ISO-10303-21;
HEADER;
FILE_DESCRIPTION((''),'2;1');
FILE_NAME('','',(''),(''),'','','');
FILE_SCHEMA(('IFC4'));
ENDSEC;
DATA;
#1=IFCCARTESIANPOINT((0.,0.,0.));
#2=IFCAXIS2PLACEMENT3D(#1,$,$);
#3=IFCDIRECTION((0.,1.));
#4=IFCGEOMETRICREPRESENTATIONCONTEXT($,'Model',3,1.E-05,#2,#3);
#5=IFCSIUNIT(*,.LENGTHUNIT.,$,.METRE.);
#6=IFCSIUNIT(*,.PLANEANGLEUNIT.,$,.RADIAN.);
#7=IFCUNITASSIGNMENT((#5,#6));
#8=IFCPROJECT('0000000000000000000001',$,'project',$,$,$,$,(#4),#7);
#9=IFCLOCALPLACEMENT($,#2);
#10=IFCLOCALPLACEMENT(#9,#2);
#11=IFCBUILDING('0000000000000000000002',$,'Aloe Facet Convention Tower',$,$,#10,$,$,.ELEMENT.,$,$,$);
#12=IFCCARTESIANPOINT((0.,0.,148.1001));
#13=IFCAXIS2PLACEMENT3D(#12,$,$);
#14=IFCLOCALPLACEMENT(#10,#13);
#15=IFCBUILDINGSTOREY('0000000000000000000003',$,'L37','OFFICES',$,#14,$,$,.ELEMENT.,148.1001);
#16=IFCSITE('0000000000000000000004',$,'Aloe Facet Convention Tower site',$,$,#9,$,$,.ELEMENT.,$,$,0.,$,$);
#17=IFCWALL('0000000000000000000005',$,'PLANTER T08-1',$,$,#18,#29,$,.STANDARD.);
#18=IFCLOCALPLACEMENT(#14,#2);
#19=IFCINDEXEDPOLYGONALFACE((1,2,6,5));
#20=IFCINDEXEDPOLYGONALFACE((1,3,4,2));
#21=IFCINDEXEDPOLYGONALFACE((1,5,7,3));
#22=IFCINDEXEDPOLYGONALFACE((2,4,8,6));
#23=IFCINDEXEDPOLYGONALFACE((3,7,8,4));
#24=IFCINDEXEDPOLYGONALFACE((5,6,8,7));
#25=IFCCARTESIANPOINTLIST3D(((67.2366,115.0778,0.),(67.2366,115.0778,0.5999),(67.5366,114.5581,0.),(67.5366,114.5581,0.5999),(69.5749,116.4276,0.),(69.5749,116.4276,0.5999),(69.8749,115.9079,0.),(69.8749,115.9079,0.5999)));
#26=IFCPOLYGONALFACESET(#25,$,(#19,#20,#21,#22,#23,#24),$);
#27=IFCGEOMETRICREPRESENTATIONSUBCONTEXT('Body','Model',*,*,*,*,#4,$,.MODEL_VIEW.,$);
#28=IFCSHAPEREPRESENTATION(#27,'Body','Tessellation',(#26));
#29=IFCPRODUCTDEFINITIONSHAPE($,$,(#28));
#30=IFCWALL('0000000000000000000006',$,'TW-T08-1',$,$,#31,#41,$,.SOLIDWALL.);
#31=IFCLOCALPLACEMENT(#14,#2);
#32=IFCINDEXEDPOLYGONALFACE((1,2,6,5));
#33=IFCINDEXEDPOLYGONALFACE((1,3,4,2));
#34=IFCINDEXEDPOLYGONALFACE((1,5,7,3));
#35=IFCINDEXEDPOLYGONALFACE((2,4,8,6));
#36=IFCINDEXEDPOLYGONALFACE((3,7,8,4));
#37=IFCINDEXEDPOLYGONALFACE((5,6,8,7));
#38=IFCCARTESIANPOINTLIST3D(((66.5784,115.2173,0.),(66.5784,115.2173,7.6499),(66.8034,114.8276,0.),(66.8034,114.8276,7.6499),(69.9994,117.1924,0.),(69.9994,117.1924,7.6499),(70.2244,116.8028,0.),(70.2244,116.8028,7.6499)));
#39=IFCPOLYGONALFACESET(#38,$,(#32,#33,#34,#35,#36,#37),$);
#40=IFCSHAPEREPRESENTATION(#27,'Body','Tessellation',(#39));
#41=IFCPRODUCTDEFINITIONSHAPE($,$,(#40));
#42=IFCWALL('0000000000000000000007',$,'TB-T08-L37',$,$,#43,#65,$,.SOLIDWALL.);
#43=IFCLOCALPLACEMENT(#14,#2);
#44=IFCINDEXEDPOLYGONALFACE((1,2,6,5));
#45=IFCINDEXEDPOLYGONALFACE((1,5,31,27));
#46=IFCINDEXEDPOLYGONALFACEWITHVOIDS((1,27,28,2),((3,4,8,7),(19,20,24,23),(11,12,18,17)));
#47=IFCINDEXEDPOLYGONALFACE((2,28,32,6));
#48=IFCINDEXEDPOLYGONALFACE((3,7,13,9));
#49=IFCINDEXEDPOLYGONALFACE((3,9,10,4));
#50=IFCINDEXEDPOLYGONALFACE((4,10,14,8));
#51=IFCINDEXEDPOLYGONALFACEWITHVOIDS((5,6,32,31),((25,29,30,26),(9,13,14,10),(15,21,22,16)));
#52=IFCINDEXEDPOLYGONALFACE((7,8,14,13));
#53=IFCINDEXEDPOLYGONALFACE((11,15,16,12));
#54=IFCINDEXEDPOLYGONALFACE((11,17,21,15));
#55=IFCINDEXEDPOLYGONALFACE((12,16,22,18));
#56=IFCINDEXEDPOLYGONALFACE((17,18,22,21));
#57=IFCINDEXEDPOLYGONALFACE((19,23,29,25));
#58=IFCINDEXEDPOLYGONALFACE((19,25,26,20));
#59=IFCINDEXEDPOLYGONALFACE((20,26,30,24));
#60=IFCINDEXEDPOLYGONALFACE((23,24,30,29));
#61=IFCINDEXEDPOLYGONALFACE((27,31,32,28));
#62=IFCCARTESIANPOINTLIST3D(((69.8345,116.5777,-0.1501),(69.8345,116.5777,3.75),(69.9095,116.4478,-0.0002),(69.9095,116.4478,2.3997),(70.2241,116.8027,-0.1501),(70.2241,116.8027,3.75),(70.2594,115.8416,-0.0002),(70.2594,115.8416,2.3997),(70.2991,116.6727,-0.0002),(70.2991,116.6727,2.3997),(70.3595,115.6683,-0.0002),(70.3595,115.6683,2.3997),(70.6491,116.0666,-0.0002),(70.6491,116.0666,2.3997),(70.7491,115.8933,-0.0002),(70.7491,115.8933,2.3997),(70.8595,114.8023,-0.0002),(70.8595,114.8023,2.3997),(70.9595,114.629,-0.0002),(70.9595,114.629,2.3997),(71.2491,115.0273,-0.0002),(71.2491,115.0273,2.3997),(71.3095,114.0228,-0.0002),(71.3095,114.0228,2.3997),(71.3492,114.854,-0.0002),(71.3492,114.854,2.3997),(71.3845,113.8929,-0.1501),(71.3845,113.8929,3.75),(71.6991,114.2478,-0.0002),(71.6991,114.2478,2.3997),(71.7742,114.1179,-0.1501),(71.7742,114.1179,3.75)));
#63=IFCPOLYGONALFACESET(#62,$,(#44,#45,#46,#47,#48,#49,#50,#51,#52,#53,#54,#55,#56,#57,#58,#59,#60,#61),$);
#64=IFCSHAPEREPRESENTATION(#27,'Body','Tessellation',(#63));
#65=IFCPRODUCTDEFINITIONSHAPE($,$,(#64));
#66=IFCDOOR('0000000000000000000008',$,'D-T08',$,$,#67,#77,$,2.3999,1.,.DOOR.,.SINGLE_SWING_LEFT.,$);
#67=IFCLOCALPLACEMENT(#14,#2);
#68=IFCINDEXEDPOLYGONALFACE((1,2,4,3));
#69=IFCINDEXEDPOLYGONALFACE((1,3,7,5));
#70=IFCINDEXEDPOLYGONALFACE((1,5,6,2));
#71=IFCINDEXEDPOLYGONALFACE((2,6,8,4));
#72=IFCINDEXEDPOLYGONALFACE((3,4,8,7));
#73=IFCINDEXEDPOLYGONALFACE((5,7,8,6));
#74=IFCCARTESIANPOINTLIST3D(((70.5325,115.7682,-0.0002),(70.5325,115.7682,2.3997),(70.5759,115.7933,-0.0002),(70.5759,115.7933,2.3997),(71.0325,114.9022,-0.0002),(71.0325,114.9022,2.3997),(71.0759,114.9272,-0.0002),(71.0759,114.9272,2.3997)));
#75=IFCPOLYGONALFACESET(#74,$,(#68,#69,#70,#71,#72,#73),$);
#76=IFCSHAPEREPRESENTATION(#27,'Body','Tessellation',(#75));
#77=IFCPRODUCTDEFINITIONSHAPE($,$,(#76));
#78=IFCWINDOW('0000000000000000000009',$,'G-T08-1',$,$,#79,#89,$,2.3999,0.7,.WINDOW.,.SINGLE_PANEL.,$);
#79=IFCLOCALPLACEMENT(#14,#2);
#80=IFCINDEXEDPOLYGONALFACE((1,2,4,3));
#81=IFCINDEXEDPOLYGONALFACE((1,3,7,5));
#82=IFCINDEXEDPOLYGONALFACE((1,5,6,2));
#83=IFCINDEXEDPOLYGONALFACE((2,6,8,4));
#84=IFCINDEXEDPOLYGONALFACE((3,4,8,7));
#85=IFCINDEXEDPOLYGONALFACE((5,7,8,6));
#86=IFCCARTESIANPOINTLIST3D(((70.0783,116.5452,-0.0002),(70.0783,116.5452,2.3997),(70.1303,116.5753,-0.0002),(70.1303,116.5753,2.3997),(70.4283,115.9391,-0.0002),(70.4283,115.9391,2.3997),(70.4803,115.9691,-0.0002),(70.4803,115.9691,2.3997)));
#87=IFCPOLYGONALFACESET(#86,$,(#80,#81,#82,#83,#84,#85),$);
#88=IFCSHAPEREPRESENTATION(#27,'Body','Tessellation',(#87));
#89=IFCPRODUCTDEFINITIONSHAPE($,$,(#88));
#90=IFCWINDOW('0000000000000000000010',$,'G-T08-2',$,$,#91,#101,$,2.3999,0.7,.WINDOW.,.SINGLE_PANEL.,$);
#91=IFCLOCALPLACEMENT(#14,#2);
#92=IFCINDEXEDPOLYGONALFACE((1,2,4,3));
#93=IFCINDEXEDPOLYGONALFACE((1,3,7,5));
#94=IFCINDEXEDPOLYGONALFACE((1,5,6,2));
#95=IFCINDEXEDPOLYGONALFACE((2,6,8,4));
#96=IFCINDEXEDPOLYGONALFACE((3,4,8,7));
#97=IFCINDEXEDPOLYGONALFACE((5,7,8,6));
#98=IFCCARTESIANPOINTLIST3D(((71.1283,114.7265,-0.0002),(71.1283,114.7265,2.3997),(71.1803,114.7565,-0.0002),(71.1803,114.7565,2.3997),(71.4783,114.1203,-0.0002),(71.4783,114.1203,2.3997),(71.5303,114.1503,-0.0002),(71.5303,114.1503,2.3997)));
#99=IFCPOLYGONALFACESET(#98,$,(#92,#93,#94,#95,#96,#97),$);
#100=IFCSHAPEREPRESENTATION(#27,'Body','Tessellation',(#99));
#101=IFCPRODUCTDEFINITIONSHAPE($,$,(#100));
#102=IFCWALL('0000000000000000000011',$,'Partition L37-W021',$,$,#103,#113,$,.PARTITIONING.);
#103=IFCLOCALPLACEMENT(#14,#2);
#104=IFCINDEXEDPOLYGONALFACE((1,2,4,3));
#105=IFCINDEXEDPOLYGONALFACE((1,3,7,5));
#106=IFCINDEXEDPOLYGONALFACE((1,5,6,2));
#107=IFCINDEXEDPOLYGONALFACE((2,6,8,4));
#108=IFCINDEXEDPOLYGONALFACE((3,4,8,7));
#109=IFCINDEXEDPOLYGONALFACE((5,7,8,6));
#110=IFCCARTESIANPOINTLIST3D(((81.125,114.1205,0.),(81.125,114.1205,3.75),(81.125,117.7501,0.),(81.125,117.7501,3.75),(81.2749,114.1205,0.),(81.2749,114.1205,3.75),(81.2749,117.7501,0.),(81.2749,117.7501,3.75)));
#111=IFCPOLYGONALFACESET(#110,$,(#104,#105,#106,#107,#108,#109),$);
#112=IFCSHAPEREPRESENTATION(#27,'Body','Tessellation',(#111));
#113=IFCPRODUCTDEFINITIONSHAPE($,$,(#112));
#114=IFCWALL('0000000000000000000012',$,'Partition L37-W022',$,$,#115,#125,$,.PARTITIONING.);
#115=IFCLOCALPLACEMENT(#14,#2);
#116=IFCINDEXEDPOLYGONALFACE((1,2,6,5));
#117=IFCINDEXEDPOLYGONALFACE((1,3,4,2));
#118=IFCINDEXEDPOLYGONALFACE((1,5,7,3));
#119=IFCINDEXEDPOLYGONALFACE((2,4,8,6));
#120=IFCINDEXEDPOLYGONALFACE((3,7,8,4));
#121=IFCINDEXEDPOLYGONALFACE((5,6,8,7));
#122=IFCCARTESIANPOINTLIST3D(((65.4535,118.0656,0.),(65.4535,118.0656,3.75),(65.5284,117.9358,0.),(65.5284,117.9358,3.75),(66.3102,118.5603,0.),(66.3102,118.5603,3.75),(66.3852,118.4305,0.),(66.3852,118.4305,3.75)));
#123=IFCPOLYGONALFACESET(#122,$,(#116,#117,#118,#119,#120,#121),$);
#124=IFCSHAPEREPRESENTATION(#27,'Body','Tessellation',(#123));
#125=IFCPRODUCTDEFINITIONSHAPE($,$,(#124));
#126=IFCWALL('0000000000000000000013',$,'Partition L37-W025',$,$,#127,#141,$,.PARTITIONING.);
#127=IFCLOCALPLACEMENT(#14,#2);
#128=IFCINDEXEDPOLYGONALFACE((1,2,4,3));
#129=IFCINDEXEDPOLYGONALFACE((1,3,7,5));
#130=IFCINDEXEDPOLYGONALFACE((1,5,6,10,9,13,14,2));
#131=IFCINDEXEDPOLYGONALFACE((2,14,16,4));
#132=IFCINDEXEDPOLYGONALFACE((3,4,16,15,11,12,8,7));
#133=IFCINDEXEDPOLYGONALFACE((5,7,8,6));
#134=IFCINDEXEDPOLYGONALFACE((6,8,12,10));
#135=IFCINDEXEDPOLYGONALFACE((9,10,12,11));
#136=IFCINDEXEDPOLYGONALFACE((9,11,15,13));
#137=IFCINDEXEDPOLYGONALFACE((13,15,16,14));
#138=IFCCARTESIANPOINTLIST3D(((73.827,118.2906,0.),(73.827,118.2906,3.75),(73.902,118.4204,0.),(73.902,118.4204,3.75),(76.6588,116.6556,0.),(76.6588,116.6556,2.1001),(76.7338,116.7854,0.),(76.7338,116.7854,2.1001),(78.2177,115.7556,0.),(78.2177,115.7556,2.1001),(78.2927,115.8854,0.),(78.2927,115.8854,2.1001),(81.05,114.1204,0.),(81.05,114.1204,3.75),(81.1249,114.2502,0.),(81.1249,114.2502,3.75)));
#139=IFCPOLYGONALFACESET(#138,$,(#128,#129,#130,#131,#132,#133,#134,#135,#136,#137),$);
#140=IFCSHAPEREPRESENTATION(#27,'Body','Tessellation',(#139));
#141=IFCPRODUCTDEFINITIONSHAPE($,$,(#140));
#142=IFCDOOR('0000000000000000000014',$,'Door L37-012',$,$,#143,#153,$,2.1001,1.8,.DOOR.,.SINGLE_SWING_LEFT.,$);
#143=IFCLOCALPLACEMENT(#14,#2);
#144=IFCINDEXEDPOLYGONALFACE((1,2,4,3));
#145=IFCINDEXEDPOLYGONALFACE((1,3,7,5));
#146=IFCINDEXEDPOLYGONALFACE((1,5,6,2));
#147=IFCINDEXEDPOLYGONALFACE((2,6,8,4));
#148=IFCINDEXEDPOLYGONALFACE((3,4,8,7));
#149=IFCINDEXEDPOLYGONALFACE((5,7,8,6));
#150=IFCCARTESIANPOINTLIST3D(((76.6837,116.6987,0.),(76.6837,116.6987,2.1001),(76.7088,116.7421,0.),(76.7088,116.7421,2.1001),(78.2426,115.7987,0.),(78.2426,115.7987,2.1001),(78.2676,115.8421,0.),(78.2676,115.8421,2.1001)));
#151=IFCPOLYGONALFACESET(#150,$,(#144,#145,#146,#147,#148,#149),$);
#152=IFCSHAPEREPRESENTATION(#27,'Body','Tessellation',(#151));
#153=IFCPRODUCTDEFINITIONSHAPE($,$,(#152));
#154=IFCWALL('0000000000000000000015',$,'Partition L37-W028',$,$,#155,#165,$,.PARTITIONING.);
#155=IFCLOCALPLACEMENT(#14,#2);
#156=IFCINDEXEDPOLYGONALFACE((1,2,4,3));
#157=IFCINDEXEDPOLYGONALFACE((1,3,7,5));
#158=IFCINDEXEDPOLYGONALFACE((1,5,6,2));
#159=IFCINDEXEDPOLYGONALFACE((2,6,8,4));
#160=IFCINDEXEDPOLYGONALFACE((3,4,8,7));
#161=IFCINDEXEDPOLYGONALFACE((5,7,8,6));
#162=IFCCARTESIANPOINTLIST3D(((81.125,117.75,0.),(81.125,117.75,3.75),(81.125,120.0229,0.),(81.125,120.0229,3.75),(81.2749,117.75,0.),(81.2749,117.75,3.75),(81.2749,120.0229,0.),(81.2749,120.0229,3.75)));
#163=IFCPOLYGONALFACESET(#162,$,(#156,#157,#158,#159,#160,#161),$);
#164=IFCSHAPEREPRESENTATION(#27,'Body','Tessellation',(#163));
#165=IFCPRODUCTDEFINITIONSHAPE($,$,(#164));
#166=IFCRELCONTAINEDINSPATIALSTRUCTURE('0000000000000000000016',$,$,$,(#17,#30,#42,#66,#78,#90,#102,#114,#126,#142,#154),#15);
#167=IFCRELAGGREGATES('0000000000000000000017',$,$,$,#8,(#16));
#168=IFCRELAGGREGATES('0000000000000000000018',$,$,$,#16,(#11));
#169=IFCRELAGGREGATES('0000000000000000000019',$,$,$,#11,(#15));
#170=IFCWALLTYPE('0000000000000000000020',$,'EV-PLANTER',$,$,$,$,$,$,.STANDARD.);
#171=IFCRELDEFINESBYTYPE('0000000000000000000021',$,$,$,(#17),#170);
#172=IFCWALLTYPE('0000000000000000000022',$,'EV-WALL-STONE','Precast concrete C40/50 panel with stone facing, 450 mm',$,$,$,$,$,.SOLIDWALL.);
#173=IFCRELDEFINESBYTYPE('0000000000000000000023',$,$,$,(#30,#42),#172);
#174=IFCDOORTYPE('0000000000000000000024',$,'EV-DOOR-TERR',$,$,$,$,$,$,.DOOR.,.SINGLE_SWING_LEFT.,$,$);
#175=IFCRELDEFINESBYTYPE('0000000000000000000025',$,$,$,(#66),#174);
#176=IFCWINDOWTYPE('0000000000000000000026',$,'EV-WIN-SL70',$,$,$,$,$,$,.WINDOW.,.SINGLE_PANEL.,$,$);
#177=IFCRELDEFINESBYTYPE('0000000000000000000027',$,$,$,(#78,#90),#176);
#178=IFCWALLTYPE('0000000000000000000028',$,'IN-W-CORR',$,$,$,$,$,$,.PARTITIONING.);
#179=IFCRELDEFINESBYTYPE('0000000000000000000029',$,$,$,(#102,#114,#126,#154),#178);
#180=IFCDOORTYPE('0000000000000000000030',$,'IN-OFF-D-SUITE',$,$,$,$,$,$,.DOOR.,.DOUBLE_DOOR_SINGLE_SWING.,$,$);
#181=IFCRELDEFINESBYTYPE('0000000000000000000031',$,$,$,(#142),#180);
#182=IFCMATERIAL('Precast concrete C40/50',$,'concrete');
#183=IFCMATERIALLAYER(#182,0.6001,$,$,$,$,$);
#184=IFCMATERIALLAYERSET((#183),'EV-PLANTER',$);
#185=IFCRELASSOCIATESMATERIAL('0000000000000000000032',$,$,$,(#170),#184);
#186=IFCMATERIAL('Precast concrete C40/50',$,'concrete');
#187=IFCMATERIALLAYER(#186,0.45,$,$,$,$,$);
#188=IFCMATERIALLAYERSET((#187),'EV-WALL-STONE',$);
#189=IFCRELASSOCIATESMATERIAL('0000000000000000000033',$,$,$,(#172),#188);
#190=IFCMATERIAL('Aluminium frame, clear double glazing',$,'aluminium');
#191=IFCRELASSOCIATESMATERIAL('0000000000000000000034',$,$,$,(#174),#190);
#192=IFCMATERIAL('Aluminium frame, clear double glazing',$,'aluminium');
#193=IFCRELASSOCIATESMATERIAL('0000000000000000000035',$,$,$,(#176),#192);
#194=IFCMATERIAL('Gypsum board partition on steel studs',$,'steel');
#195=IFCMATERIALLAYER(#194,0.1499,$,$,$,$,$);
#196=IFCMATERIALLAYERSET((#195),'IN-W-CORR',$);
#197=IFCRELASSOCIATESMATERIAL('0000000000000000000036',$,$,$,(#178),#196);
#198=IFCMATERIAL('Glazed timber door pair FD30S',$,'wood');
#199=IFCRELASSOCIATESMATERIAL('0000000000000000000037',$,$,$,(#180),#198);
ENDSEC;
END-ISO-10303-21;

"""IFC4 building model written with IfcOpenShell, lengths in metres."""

from ifc_helpers import new_model, si_unit, direction, frame, frame_2d, origin, place, context, subcontext, project, spatial, rectangle, extrude, material, layer, layer_set, type_object, element, fill, save


model = new_model("IFC4")

# Units and contexts
model_context = context("Model", 3, precision=1e-05, world=origin(), true_north=direction((0.0, 1.0)))
body_context = subcontext(model_context, "Body", "Model", "MODEL_VIEW")
ifc_project = project(units=[si_unit("LENGTHUNIT", "METRE"), si_unit("PLANEANGLEUNIT", "RADIAN")], contexts=[model_context])

# Site, building, storey
site_placement = place(None, origin())
site = spatial("IfcSite", under=ifc_project, at=site_placement, Name="Aloe Facet Convention Tower site", CompositionType="ELEMENT", RefElevation=0.0)
building_placement = place(site_placement, origin())
building = spatial("IfcBuilding", under=site, at=building_placement, Name="Aloe Facet Convention Tower", CompositionType="ELEMENT")
storey_placement = place(building_placement, frame((0.0, 0.0, 148.1001)))
storey = spatial("IfcBuildingStorey", under=building, at=storey_placement, Name="L37", Description="OFFICES", CompositionType="ELEMENT", Elevation=148.1001)

# Walls
ifc_material_1 = material(Name="Precast concrete C40/50", Category="concrete")
ifc_layer_1 = layer(ifc_material_1, 0.6001)
ifc_layer_set_1 = layer_set([ifc_layer_1], Name="EV-PLANTER")
wall_type_1 = type_object("IfcWallType", Name="EV-PLANTER", PredefinedType="STANDARD", material=ifc_layer_set_1)
wall_1_placement = place(storey_placement, frame((67.3865, 114.8179, 0.0), z_axis=(0.0, 0.0, 1.0), x_axis=(0.866059, 0.499942, 0.0)))
element("IfcWall", 1, at=wall_1_placement, inside=storey, type_object=wall_type_1, Name="PLANTER T08-1", PredefinedType="STANDARD", context=body_context, shape_type="SweptSolid", body=[
    extrude(rectangle(XDim=2.7, YDim=0.6001, at=frame_2d((1.3501, 0.0))), origin(), (0.0, 0.0, 1.0), 0.5999),
])
ifc_material_2 = material(Name="Precast concrete C40/50", Category="concrete")
ifc_layer_2 = layer(ifc_material_2, 0.45)
ifc_layer_set_2 = layer_set([ifc_layer_2], Name="EV-WALL-STONE")
wall_type_2 = type_object("IfcWallType", Name="EV-WALL-STONE", Description="Precast concrete C40/50 panel with stone facing, 450 mm", PredefinedType="SOLIDWALL", material=ifc_layer_set_2)
wall_2_placement = place(storey_placement, frame((66.6909, 115.0225, 0.0), z_axis=(0.0, 0.0, 1.0), x_axis=(0.866021, 0.500008, 0.0)))
element("IfcWall", 2, at=wall_2_placement, inside=storey, type_object=wall_type_2, Name="TW-T08-1", PredefinedType="SOLIDWALL", context=body_context, shape_type="SweptSolid", body=[
    extrude(rectangle(XDim=3.9502, YDim=0.45, at=frame_2d((1.9751, 0.0))), origin(), (0.0, 0.0, 1.0), 7.6499),
])

# Wall, openings, door, windows
wall_3_placement = place(storey_placement, frame((70.0293, 116.6902, -0.1501), z_axis=(0.0, 0.0, 1.0), x_axis=(0.499993, -0.86603, 0.0)))
wall_3 = element("IfcWall", 3, at=wall_3_placement, inside=storey, type_object=wall_type_2, Name="TB-T08-L37", PredefinedType="SOLIDWALL", context=body_context, shape_type="SweptSolid", body=[
    extrude(rectangle(XDim=3.1001, YDim=0.45, at=frame_2d((1.55, 0.0))), origin(), (0.0, 0.0, 1.0), 3.9001),
])
opening_1_placement = place(wall_3_placement, frame((1.05, 0.0, 0.1499)))
opening_1 = element("IfcOpeningElement", 4, at=opening_1_placement, cuts=wall_3, PredefinedType="OPENING", context=body_context, shape_type="SweptSolid", body=[
    extrude(rectangle(XDim=1.0, YDim=2.3999, at=frame_2d((0.5, 1.2))), frame((0.0, 0.2349, 0.0), z_axis=(0.0, -1.0, 0.0), x_axis=(1.0, 0.0, 0.0)), (0.0, 0.0, 1.0), 0.47),
])
opening_2_placement = place(wall_3_placement, frame((0.1499, 0.0, 0.1499)))
opening_2 = element("IfcOpeningElement", 5, at=opening_2_placement, cuts=wall_3, PredefinedType="OPENING", context=body_context, shape_type="SweptSolid", body=[
    extrude(rectangle(XDim=0.7, YDim=2.3999, at=frame_2d((0.3501, 1.2))), frame((0.0, 0.2349, 0.0), z_axis=(0.0, -1.0, 0.0), x_axis=(1.0, 0.0, 0.0)), (0.0, 0.0, 1.0), 0.47),
])
opening_3_placement = place(wall_3_placement, frame((2.25, 0.0, 0.1499)))
opening_3 = element("IfcOpeningElement", 6, at=opening_3_placement, cuts=wall_3, PredefinedType="OPENING", context=body_context, shape_type="SweptSolid", body=[
    extrude(rectangle(XDim=0.7, YDim=2.3999, at=frame_2d((0.3501, 1.2))), frame((0.0, 0.2349, 0.0), z_axis=(0.0, -1.0, 0.0), x_axis=(1.0, 0.0, 0.0)), (0.0, 0.0, 1.0), 0.47),
])
ifc_material_3 = material(Name="Aluminium frame, clear double glazing", Category="aluminium")
door_type_1 = type_object("IfcDoorType", Name="EV-DOOR-TERR", OperationType="SINGLE_SWING_LEFT", PredefinedType="DOOR", material=ifc_material_3)
door_1_placement = place(opening_1_placement, origin())
door_1 = element("IfcDoor", 7, at=door_1_placement, inside=storey, type_object=door_type_1, Name="D-T08", OperationType="SINGLE_SWING_LEFT", OverallHeight=2.3999, OverallWidth=1.0, PredefinedType="DOOR", context=body_context, shape_type="SweptSolid", body=[
    extrude(rectangle(XDim=1.0, YDim=2.3999, at=frame_2d((0.5, 1.2))), frame((0.0, 0.0249, 0.0), z_axis=(0.0, -1.0, 0.0), x_axis=(1.0, 0.0, 0.0)), (0.0, 0.0, 1.0), 0.05),
])
fill(opening_1, door_1)
ifc_material_4 = material(Name="Aluminium frame, clear double glazing", Category="aluminium")
window_type = type_object("IfcWindowType", Name="EV-WIN-SL70", PartitioningType="SINGLE_PANEL", PredefinedType="WINDOW", material=ifc_material_4)
window_1_placement = place(opening_2_placement, origin())
window_1 = element("IfcWindow", 8, at=window_1_placement, inside=storey, type_object=window_type, Name="G-T08-1", OverallHeight=2.3999, OverallWidth=0.7, PartitioningType="SINGLE_PANEL", PredefinedType="WINDOW", context=body_context, shape_type="SweptSolid", body=[
    extrude(rectangle(XDim=0.7, YDim=2.3999, at=frame_2d((0.3501, 1.2))), frame((0.0, 0.03, 0.0), z_axis=(0.0, -1.0, 0.0), x_axis=(1.0, 0.0, 0.0)), (0.0, 0.0, 1.0), 0.0601),
])
fill(opening_2, window_1)
window_2_placement = place(opening_3_placement, origin())
window_2 = element("IfcWindow", 9, at=window_2_placement, inside=storey, type_object=window_type, Name="G-T08-2", OverallHeight=2.3999, OverallWidth=0.7, PartitioningType="SINGLE_PANEL", PredefinedType="WINDOW", context=body_context, shape_type="SweptSolid", body=[
    extrude(rectangle(XDim=0.7, YDim=2.3999, at=frame_2d((0.3501, 1.2))), frame((0.0, 0.03, 0.0), z_axis=(0.0, -1.0, 0.0), x_axis=(1.0, 0.0, 0.0)), (0.0, 0.0, 1.0), 0.0601),
])
fill(opening_3, window_2)

# Walls
ifc_material_5 = material(Name="Gypsum board partition on steel studs", Category="steel")
ifc_layer_3 = layer(ifc_material_5, 0.1499)
ifc_layer_set_3 = layer_set([ifc_layer_3], Name="IN-W-CORR")
wall_type_3 = type_object("IfcWallType", Name="IN-W-CORR", PredefinedType="PARTITIONING", material=ifc_layer_set_3)
wall_4_placement = place(storey_placement, frame((81.2, 114.1204, 0.0), z_axis=(0.0, 0.0, 1.0), x_axis=(0.0, 1.0, 0.0)))
element("IfcWall", 10, at=wall_4_placement, inside=storey, type_object=wall_type_3, Name="Partition L37-W021", PredefinedType="PARTITIONING", context=body_context, shape_type="SweptSolid", body=[
    extrude(rectangle(XDim=3.6296, YDim=0.1499, at=frame_2d((1.8149, 0.0))), origin(), (0.0, 0.0, 1.0), 3.75),
])
wall_5_placement = place(storey_placement, frame((65.491, 118.0007, 0.0), z_axis=(0.0, 0.0, 1.0), x_axis=(0.866017, 0.500014, 0.0)))
element("IfcWall", 11, at=wall_5_placement, inside=storey, type_object=wall_type_3, Name="Partition L37-W022", PredefinedType="PARTITIONING", context=body_context, shape_type="SweptSolid", body=[
    extrude(rectangle(XDim=0.9893, YDim=0.1499, at=frame_2d((0.4946, 0.0))), origin(), (0.0, 0.0, 1.0), 3.75),
])

# Wall, opening, door
wall_6_placement = place(storey_placement, frame((73.8645, 118.3555, 0.0), z_axis=(0.0, 0.0, 1.0), x_axis=(0.866024, -0.500002, 0.0)))
wall_6 = element("IfcWall", 12, at=wall_6_placement, inside=storey, type_object=wall_type_3, Name="Partition L37-W025", PredefinedType="PARTITIONING", context=body_context, shape_type="SweptSolid", body=[
    extrude(rectangle(XDim=8.3403, YDim=0.1499, at=frame_2d((4.1702, 0.0))), origin(), (0.0, 0.0, 1.0), 3.75),
])
opening_4_placement = place(wall_6_placement, frame((3.27, 0.0, 0.0)))
opening_4 = element("IfcOpeningElement", 13, at=opening_4_placement, cuts=wall_6, PredefinedType="OPENING", context=body_context, shape_type="SweptSolid", body=[
    extrude(rectangle(XDim=1.8, YDim=2.1001, at=frame_2d((0.8999, 1.05))), frame((0.0, 0.085, 0.0), z_axis=(0.0, -1.0, 0.0), x_axis=(1.0, 0.0, 0.0)), (0.0, 0.0, 1.0), 0.1699),
])
ifc_material_6 = material(Name="Glazed timber door pair FD30S", Category="wood")
door_type_2 = type_object("IfcDoorType", Name="IN-OFF-D-SUITE", OperationType="DOUBLE_DOOR_SINGLE_SWING", PredefinedType="DOOR", material=ifc_material_6)
door_2_placement = place(opening_4_placement, origin())
door_2 = element("IfcDoor", 14, at=door_2_placement, inside=storey, type_object=door_type_2, Name="Door L37-012", OperationType="SINGLE_SWING_LEFT", OverallHeight=2.1001, OverallWidth=1.8, PredefinedType="DOOR", context=body_context, shape_type="SweptSolid", body=[
    extrude(rectangle(XDim=1.8, YDim=2.1001, at=frame_2d((0.8999, 1.05))), frame((0.0, 0.0249, 0.0), z_axis=(0.0, -1.0, 0.0), x_axis=(1.0, 0.0, 0.0)), (0.0, 0.0, 1.0), 0.05),
])
fill(opening_4, door_2)

# Wall
wall_7_placement = place(storey_placement, frame((81.2, 117.75, 0.0), z_axis=(0.0, 0.0, 1.0), x_axis=(0.0, 1.0, 0.0)))
element("IfcWall", 15, at=wall_7_placement, inside=storey, type_object=wall_type_3, Name="Partition L37-W028", PredefinedType="PARTITIONING", context=body_context, shape_type="SweptSolid", body=[
    extrude(rectangle(XDim=2.2729, YDim=0.1499, at=frame_2d((1.1365, 0.0))), origin(), (0.0, 0.0, 1.0), 3.75),
])

save(model, "model.ifc")
